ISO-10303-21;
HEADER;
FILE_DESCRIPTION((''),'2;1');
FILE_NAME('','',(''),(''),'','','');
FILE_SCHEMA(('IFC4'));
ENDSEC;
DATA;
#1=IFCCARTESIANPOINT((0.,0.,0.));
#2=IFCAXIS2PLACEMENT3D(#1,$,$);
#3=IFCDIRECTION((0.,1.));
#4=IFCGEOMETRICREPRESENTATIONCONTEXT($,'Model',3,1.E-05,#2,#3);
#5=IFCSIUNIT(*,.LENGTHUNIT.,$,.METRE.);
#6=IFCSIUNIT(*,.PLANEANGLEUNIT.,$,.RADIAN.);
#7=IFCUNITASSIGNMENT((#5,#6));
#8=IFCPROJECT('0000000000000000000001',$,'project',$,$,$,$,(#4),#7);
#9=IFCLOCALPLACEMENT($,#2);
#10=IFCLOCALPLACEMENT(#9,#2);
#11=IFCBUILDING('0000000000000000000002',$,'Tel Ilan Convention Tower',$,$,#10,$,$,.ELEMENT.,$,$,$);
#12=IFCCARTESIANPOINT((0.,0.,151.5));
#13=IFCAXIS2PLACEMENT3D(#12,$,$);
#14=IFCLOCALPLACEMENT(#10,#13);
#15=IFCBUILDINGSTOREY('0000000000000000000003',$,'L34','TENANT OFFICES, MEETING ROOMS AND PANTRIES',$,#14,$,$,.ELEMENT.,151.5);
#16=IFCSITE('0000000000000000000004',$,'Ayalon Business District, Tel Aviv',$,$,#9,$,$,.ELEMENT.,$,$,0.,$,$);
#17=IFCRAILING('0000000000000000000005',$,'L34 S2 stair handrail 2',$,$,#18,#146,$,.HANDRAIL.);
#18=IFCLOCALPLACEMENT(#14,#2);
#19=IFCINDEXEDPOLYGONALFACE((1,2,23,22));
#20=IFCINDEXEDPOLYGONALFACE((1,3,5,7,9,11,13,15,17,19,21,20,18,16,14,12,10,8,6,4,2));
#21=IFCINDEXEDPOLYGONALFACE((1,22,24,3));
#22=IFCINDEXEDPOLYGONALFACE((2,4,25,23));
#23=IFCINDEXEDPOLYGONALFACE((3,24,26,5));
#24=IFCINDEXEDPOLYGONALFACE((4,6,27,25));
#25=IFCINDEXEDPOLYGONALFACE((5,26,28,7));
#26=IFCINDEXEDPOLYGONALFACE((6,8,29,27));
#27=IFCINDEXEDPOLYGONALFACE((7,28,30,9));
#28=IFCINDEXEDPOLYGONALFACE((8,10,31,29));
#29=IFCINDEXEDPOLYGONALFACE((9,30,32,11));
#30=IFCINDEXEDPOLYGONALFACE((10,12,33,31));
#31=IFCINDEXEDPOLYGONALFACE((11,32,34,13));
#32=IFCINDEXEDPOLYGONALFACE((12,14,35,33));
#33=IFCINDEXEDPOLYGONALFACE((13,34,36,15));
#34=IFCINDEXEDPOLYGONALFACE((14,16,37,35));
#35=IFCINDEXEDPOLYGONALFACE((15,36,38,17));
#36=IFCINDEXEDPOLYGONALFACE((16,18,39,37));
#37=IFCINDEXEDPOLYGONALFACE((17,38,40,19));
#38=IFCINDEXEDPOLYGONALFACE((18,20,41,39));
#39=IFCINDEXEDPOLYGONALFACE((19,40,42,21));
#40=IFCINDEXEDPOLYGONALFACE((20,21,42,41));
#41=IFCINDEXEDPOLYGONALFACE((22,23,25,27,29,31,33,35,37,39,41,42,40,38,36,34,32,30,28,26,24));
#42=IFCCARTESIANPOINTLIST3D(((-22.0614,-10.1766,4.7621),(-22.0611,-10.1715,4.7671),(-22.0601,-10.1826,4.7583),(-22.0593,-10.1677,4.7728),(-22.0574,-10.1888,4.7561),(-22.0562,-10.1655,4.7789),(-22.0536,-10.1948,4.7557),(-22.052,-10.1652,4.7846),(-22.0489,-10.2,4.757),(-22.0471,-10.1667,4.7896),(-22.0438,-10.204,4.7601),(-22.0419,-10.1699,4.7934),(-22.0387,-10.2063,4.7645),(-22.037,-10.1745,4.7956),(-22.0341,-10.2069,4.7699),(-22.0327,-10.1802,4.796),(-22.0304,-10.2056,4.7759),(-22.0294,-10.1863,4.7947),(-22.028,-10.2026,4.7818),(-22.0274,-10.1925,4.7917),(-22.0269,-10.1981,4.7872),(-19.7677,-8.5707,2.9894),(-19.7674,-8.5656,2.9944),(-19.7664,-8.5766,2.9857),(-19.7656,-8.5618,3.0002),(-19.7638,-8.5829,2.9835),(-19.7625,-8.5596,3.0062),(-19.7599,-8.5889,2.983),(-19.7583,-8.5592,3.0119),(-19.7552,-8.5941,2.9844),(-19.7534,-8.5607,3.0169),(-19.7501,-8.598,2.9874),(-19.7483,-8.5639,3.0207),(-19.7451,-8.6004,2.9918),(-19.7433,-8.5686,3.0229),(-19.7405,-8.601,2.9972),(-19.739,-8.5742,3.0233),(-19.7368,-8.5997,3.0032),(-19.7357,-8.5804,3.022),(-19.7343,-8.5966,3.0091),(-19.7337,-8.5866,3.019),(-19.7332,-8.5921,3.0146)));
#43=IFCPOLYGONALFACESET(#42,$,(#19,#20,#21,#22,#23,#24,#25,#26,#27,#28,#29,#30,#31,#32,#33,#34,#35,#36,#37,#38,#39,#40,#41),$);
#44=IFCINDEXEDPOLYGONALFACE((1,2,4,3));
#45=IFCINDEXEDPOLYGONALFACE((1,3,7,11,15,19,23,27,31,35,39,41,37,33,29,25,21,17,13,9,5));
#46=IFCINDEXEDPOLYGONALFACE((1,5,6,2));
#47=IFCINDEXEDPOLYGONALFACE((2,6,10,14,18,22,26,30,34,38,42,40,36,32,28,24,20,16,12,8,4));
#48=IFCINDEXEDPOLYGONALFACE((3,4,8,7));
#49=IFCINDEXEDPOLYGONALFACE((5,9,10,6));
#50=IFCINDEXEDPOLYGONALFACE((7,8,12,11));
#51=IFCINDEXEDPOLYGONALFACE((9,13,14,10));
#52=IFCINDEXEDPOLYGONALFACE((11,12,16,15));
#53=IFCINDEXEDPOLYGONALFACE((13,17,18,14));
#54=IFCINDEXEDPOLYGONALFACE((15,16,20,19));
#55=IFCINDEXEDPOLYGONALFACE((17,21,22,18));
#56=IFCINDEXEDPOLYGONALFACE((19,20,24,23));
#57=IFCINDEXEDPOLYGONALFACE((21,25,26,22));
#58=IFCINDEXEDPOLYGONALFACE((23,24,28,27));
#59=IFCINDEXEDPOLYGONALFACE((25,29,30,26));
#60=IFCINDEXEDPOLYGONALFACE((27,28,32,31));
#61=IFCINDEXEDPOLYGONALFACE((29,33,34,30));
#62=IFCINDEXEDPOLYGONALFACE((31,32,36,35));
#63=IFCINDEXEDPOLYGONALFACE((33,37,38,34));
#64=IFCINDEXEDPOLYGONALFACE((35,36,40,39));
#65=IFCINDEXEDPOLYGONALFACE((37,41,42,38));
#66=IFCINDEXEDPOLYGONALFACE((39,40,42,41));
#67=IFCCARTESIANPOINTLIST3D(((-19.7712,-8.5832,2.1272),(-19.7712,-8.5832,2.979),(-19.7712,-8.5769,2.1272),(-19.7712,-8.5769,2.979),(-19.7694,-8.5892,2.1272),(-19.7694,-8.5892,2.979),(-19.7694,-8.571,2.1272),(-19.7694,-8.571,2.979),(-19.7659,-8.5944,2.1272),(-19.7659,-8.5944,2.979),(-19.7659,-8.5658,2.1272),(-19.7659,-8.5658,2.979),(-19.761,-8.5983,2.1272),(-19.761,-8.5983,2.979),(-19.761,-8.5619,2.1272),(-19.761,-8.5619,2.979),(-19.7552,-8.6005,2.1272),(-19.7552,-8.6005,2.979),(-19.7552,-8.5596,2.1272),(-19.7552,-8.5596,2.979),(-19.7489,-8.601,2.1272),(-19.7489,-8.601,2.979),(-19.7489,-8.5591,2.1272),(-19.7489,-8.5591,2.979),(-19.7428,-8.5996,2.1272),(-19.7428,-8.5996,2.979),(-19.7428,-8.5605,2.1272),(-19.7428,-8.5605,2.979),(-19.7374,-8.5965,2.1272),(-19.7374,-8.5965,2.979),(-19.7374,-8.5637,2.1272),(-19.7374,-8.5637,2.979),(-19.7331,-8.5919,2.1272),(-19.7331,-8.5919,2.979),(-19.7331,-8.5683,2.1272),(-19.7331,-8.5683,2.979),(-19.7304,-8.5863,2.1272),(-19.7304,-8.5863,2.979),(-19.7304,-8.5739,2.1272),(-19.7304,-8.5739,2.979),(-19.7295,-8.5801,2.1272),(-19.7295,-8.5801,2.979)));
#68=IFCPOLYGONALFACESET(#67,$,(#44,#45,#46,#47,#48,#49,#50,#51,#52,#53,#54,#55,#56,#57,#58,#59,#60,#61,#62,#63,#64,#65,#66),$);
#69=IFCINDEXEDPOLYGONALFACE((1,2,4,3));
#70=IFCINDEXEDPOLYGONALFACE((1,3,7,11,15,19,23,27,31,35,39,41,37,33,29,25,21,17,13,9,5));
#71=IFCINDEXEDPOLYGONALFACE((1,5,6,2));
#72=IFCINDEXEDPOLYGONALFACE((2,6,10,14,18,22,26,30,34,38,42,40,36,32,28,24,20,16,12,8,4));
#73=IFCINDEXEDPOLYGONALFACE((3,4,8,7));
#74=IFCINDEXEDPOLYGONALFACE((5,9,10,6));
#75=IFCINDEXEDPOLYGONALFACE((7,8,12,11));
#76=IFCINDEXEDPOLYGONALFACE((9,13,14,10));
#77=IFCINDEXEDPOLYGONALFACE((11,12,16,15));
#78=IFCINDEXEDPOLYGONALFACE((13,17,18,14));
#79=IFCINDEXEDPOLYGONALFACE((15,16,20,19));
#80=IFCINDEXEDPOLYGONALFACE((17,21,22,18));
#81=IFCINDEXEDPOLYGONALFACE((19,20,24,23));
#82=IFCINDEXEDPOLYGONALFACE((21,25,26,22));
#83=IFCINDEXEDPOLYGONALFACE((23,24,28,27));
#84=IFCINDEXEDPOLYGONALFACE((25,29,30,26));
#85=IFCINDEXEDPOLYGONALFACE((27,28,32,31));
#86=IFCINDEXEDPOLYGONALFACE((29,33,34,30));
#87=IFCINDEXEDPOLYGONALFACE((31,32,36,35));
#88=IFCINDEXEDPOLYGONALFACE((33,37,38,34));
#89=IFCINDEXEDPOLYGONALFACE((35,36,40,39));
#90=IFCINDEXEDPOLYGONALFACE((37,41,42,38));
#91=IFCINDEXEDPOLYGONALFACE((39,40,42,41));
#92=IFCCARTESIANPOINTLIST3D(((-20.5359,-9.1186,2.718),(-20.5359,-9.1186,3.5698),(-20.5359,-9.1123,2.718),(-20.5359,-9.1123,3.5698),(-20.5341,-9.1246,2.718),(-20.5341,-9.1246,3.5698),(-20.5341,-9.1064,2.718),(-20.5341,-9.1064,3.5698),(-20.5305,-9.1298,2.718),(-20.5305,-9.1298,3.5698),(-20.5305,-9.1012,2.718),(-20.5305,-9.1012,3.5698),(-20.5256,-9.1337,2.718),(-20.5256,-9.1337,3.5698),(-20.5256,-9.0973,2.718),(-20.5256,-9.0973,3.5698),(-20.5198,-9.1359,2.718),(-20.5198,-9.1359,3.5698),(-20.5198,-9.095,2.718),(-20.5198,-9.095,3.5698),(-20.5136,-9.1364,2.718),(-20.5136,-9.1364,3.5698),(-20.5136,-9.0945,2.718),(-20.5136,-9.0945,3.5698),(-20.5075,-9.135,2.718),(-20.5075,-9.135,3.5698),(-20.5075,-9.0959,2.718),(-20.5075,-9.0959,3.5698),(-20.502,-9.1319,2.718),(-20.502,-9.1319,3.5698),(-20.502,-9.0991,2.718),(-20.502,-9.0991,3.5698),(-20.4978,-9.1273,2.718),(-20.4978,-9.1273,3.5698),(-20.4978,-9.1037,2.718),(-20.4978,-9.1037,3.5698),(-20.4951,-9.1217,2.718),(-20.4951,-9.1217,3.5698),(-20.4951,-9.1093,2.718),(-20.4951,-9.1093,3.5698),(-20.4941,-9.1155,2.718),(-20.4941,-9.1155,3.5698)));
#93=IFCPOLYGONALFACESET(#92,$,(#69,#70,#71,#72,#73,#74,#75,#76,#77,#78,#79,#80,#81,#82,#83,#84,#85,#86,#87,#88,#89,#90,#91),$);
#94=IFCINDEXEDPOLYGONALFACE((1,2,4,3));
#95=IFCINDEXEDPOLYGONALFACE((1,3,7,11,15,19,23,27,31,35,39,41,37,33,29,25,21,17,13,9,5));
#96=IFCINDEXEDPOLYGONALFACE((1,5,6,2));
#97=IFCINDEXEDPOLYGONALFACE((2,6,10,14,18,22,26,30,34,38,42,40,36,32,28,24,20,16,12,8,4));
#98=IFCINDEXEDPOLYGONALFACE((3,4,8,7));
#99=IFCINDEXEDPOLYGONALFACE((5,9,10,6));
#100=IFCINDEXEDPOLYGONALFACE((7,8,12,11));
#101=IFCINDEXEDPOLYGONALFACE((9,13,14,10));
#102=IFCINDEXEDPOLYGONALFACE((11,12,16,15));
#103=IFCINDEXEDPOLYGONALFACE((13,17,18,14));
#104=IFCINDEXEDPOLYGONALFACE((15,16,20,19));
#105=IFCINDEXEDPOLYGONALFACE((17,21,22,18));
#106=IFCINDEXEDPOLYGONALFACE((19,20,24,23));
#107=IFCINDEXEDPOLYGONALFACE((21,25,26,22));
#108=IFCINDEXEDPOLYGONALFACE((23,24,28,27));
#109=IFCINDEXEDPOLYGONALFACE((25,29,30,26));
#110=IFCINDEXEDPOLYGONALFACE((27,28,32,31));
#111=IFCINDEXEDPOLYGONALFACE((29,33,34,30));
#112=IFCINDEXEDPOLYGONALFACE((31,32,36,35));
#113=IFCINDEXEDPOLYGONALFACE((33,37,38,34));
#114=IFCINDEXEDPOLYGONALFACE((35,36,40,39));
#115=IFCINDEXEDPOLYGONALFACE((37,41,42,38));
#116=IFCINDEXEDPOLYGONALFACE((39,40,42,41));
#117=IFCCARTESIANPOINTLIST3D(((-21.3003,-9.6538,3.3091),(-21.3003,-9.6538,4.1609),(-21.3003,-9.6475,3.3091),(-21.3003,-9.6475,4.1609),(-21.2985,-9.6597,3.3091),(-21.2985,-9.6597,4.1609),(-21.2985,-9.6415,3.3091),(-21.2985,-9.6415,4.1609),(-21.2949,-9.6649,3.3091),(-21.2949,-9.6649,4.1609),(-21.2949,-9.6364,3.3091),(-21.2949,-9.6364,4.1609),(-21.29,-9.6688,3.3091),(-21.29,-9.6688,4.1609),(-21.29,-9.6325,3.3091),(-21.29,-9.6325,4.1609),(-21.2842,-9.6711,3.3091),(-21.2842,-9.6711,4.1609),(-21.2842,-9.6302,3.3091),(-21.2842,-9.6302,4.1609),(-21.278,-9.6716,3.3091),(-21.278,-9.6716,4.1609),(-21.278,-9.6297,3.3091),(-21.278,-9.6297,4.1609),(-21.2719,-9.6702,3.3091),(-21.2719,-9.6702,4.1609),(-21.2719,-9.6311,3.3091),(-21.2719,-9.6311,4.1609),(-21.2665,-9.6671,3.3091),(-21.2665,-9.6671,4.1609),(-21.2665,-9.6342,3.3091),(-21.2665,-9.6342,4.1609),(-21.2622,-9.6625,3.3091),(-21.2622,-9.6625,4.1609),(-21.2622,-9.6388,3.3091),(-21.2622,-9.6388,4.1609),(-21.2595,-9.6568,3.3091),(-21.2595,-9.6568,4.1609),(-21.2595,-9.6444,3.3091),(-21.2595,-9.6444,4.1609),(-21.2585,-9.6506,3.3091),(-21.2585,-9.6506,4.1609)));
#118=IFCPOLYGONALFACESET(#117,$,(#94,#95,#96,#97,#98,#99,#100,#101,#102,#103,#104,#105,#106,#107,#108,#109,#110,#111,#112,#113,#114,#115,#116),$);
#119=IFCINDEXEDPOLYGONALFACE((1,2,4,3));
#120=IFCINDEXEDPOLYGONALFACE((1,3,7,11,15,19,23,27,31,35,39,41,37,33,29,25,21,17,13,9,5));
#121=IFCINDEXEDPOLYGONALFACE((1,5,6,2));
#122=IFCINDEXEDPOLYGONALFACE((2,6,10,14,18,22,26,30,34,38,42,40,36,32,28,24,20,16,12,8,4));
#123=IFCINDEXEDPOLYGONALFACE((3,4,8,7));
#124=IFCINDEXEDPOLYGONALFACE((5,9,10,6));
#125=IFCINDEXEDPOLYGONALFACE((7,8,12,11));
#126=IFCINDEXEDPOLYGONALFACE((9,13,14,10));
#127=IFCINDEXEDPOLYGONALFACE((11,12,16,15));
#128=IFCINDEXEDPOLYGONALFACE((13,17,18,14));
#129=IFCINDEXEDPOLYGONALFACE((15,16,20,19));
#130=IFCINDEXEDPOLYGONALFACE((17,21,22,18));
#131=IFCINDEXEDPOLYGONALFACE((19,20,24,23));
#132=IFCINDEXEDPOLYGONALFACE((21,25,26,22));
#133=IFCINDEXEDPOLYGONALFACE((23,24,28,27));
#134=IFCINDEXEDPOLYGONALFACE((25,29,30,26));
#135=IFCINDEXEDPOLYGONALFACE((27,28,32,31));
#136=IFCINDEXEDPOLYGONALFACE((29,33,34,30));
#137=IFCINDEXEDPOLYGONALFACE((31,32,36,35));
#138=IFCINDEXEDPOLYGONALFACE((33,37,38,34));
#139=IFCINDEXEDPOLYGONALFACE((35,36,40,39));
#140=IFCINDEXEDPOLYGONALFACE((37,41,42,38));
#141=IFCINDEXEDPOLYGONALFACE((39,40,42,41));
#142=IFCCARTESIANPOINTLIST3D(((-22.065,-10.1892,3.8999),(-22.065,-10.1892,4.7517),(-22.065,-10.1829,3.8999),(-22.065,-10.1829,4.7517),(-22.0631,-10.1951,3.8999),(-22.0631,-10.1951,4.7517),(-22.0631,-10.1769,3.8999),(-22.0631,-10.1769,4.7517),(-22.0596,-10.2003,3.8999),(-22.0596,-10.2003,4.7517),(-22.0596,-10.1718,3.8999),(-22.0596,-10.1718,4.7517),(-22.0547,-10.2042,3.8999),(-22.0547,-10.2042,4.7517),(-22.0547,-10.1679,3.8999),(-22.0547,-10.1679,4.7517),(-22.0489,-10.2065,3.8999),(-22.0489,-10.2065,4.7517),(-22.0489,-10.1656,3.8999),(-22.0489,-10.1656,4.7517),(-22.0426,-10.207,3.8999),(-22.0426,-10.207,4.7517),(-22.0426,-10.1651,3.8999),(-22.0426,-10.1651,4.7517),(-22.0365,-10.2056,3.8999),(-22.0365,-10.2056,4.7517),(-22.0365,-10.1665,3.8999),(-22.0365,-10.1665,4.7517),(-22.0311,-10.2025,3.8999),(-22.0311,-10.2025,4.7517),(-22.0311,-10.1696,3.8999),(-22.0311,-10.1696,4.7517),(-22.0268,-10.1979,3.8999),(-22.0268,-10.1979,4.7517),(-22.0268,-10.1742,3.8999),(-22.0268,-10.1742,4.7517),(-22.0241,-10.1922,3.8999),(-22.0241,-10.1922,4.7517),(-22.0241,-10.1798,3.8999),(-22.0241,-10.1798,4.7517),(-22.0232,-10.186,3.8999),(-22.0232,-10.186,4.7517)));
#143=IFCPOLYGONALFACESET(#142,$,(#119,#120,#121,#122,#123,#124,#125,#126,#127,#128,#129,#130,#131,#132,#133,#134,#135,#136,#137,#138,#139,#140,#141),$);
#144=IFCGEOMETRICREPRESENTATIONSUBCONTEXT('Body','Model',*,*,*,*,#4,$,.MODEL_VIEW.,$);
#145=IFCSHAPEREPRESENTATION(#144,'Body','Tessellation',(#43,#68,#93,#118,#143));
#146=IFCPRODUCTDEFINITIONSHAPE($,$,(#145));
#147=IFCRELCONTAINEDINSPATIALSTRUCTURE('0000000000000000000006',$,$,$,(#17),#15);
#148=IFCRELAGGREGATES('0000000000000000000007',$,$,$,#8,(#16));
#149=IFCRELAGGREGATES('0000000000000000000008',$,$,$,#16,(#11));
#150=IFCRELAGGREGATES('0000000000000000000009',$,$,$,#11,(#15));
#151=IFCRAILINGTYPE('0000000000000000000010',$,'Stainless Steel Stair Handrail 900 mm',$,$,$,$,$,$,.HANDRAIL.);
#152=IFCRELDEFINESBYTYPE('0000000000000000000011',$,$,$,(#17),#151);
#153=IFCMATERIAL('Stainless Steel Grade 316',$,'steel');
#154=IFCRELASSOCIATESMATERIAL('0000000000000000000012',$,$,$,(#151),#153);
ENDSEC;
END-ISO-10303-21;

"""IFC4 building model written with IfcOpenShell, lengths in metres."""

from ifc_helpers import new_model, si_unit, direction, frame, origin, origin_2d, place, context, subcontext, project, spatial, circle, extrude, material, type_object, element, save


model = new_model("IFC4")

# Units and contexts
model_context = context("Model", 3, precision=1e-05, world=origin(), true_north=direction((0.0, 1.0)))
body_context = subcontext(model_context, "Body", "Model", "MODEL_VIEW")
ifc_project = project(units=[si_unit("LENGTHUNIT", "METRE"), si_unit("PLANEANGLEUNIT", "RADIAN")], contexts=[model_context])

# Site, building, storey
site_placement = place(None, origin())
site = spatial("IfcSite", under=ifc_project, at=site_placement, Name="Ayalon Business District, Tel Aviv", CompositionType="ELEMENT", RefElevation=0.0)
building_placement = place(site_placement, origin())
building = spatial("IfcBuilding", under=site, at=building_placement, Name="Tel Ilan Convention Tower", CompositionType="ELEMENT")
storey_placement = place(building_placement, frame((0.0, 0.0, 151.5)))
storey = spatial("IfcBuildingStorey", under=building, at=storey_placement, Name="L34", Description="TENANT OFFICES, MEETING ROOMS AND PANTRIES", CompositionType="ELEMENT", Elevation=151.5)

# Railing
ifc_material_1 = material(Name="Stainless Steel Grade 316", Category="steel")
railing_type_1 = type_object("IfcRailingType", Name="Stainless Steel Stair Handrail 900 mm", PredefinedType="HANDRAIL", material=ifc_material_1)
railing_1_placement = place(storey_placement, frame((-19.7505, -8.5801, 2.1272)))
element("IfcRailing", 1, at=railing_1_placement, inside=storey, type_object=railing_type_1, Name="L34 S2 stair handrail 2", PredefinedType="HANDRAIL", context=body_context, shape_type="SweptSolid", body=[
    extrude(circle(Radius=0.0239, at=origin_2d()), frame((0.0, 0.0, 0.876), z_axis=(-0.692123, -0.484597, 0.534913), x_axis=(0.57355, -0.81917, 0.0)), (0.0, 0.0, 1.0), 3.314),
    extrude(circle(Radius=0.021, at=origin_2d()), origin(), (0.0, 0.0, 1.0), 0.8518),
    extrude(circle(Radius=0.021, at=origin_2d()), frame((-0.7646, -0.5354, 0.5908)), (0.0, 0.0, 1.0), 0.8518),
    extrude(circle(Radius=0.021, at=origin_2d()), frame((-1.5291, -1.0706, 1.1819)), (0.0, 0.0, 1.0), 0.8518),
    extrude(circle(Radius=0.021, at=origin_2d()), frame((-2.2937, -1.606, 1.7727)), (0.0, 0.0, 1.0), 0.8518),
])

save(model, "model.ifc")
